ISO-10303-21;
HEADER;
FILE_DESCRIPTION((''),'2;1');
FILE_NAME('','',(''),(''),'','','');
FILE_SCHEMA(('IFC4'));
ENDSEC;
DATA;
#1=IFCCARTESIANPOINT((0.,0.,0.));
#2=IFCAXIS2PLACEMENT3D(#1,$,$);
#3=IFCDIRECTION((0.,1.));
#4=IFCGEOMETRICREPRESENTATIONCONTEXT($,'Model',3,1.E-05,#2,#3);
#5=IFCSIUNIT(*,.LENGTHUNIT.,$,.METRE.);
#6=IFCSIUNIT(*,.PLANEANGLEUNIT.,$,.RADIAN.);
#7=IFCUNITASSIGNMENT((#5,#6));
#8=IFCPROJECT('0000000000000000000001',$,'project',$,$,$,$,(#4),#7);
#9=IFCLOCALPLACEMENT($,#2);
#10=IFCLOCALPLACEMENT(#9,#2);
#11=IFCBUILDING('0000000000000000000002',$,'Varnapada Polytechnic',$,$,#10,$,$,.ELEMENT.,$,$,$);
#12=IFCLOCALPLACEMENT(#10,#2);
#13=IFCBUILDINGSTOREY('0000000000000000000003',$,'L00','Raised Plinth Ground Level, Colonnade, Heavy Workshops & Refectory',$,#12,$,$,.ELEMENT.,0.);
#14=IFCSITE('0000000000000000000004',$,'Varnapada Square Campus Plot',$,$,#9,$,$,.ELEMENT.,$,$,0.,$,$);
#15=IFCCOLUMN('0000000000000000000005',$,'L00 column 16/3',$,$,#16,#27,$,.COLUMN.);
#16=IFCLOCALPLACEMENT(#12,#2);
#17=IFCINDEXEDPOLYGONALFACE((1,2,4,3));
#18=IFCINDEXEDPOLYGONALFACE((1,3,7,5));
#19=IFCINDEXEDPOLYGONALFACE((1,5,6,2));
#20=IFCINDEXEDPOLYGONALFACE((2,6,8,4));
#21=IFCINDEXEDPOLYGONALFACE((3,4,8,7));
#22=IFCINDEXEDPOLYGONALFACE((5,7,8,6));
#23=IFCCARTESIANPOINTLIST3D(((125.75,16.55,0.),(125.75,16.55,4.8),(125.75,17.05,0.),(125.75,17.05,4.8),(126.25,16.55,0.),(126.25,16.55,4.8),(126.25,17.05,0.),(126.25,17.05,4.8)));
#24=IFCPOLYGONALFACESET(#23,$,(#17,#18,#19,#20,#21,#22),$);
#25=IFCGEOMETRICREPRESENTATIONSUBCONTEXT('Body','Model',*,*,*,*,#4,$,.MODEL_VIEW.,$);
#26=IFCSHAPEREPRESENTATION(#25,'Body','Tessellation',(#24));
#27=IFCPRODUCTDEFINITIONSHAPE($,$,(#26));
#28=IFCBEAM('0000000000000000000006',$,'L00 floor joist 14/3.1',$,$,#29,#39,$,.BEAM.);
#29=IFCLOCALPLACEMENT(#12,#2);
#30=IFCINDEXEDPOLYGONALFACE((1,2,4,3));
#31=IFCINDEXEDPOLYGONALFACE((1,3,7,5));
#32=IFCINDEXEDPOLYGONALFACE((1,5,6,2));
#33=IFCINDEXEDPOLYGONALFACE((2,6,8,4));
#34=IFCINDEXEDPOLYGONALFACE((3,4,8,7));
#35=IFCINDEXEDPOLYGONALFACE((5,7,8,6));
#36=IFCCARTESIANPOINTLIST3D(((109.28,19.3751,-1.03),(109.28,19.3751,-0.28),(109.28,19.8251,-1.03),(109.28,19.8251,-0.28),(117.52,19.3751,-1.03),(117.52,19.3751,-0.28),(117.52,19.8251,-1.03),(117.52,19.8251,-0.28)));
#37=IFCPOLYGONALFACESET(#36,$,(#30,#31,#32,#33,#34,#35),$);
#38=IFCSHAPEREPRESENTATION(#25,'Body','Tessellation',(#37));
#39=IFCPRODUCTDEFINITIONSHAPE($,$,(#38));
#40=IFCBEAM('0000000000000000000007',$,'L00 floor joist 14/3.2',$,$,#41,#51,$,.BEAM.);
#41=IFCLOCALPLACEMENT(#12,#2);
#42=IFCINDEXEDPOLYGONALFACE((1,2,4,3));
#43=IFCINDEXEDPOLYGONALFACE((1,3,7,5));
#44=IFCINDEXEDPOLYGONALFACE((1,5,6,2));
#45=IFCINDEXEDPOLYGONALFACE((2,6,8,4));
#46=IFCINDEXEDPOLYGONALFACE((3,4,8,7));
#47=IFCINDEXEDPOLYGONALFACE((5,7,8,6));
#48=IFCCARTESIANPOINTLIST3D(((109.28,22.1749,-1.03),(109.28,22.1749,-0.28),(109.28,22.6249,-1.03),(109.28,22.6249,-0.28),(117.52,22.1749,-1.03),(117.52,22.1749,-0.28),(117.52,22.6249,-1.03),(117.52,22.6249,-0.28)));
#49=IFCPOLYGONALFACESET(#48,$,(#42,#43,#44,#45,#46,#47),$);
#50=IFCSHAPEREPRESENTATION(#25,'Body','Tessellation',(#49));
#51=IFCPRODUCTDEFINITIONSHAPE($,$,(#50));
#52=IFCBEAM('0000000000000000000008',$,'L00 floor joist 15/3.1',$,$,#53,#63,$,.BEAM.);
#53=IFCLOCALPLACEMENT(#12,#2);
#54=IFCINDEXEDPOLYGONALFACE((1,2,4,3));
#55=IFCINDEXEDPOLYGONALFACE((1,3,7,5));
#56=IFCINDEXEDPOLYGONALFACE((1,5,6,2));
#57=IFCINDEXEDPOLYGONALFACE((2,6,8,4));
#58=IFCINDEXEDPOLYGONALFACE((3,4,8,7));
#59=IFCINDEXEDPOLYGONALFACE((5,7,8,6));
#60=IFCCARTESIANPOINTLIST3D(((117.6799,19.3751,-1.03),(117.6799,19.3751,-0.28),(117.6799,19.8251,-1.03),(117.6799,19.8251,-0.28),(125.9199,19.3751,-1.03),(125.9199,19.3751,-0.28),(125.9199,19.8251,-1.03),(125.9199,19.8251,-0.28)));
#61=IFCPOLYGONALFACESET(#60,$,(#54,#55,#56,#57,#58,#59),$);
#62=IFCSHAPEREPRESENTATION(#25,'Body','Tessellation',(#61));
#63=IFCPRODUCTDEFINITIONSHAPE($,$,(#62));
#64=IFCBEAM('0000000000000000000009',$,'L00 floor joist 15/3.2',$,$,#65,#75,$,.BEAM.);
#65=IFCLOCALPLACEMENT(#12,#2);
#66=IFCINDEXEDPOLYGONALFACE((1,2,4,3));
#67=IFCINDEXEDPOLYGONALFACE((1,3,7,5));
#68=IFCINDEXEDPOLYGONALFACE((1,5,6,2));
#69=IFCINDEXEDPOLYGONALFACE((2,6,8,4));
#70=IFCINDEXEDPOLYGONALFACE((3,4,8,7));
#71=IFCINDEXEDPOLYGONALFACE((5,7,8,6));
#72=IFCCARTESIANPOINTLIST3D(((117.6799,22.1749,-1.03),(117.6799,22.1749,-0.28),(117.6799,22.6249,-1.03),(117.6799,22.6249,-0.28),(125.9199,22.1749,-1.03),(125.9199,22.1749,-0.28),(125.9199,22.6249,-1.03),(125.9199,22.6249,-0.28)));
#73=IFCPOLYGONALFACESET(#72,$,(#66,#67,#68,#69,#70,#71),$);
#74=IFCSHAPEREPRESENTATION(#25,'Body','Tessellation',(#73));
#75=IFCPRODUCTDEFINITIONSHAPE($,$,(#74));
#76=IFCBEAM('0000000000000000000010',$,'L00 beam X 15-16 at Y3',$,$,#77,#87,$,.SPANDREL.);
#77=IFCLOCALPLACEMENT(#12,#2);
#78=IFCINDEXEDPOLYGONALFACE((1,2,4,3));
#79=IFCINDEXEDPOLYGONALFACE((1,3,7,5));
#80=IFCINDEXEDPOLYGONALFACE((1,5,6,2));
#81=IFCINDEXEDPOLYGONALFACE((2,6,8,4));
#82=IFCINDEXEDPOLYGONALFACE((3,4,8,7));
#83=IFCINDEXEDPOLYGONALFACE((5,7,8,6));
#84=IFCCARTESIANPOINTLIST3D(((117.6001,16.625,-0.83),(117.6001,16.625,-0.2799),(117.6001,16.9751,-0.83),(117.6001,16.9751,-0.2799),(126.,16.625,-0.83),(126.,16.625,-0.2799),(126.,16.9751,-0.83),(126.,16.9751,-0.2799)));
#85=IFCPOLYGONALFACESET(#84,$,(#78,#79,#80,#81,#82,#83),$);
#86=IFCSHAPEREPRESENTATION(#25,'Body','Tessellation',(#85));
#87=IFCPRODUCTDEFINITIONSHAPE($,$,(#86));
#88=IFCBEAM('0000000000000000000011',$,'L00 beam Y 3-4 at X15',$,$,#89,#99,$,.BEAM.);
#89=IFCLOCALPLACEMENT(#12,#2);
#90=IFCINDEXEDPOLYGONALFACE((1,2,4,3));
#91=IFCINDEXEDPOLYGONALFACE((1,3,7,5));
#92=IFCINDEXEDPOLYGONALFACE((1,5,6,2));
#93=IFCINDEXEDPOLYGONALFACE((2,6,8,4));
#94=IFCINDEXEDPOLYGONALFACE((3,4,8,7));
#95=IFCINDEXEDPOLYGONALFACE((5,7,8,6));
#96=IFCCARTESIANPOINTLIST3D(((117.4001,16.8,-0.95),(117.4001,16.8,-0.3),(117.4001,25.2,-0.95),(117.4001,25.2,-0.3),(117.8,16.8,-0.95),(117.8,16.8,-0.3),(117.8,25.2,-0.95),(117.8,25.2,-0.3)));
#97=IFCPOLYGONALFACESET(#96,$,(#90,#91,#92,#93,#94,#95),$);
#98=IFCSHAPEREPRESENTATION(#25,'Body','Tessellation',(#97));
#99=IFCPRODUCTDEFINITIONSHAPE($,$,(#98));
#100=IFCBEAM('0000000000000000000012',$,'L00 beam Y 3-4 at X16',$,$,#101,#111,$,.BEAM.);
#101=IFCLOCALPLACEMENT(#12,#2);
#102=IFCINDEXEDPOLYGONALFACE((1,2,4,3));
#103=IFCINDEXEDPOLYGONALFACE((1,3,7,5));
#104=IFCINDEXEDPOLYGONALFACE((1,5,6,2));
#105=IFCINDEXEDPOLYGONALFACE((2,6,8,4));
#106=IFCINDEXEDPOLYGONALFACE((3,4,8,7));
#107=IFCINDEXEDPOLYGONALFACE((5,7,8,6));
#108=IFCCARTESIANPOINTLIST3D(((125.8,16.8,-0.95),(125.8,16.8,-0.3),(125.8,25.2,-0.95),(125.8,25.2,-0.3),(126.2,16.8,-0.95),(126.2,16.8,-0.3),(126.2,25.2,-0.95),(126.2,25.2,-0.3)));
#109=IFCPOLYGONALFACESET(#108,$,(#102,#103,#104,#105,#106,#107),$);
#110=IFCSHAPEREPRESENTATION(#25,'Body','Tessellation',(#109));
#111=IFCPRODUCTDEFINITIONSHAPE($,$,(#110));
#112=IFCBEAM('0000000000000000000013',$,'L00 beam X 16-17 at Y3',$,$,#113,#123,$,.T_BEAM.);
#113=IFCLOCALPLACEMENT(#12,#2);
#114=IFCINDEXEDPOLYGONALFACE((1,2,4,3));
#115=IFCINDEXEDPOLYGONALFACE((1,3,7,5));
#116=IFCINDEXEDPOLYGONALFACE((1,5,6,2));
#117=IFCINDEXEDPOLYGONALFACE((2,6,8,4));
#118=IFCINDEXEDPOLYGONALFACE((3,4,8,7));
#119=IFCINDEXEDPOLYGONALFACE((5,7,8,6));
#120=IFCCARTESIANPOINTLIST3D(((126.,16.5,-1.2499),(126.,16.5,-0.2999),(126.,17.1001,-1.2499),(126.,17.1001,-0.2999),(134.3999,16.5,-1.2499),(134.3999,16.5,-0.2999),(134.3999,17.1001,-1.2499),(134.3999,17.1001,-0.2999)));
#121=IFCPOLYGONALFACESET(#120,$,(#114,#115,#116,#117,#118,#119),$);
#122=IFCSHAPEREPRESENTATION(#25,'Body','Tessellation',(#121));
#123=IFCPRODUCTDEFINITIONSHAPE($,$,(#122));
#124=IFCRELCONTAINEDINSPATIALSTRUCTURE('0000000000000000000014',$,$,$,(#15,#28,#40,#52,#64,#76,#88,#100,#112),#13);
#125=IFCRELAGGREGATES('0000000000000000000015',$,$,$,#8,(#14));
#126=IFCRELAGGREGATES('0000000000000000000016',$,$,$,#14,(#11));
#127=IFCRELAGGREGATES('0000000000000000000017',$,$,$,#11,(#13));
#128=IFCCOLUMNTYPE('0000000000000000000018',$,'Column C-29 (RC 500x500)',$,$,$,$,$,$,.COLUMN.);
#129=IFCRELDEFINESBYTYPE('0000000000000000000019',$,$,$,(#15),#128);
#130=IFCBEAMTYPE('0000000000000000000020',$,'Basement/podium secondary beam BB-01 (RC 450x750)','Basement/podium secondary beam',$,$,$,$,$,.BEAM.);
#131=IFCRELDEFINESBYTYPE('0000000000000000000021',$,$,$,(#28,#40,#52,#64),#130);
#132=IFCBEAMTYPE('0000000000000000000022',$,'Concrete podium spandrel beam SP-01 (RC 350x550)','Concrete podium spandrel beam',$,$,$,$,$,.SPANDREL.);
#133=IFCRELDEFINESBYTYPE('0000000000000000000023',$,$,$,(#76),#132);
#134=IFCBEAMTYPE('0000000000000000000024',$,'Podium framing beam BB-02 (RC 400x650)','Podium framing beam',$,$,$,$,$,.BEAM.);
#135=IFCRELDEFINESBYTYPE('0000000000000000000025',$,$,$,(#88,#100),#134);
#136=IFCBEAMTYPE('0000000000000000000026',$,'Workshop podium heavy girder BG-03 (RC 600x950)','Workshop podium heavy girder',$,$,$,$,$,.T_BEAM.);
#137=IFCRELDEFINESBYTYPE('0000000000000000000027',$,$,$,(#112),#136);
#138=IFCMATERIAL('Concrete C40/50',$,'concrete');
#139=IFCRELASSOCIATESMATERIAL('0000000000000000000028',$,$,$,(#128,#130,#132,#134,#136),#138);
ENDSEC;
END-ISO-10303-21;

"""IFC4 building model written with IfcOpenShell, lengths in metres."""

from ifc_helpers import new_model, si_unit, direction, frame, origin, origin_2d, place, context, subcontext, project, spatial, rectangle, extrude, material, material_profile, profile_set, type_object, element, save


model = new_model("IFC4")

# Units and contexts
model_context = context("Model", 3, precision=1e-05, world=origin(), true_north=direction((0.0, 1.0)))
body_context = subcontext(model_context, "Body", "Model", "MODEL_VIEW")
ifc_project = project(units=[si_unit("LENGTHUNIT", "METRE"), si_unit("PLANEANGLEUNIT", "RADIAN")], contexts=[model_context])

# Site, building, storey
site_placement = place(None, origin())
site = spatial("IfcSite", under=ifc_project, at=site_placement, Name="Varnapada Square Campus Plot", CompositionType="ELEMENT", RefElevation=0.0)
building_placement = place(site_placement, origin())
building = spatial("IfcBuilding", under=site, at=building_placement, Name="Varnapada Polytechnic", CompositionType="ELEMENT")
storey_placement = place(building_placement, origin())
storey = spatial("IfcBuildingStorey", under=building, at=storey_placement, Name="L00", Description="Raised Plinth Ground Level, Colonnade, Heavy Workshops & Refectory", CompositionType="ELEMENT", Elevation=0.0)

# Column
ifc_material_1 = material(Name="Concrete C40/50", Category="concrete")
ifc_material_profile_1 = material_profile(ifc_material_1, rectangle(XDim=0.5, YDim=0.5, at=origin_2d()), Name="RC 500x500")
ifc_profile_set_1 = profile_set([ifc_material_profile_1], Name="Concrete C40/50")
column_type = type_object("IfcColumnType", Name="Column C-29 (RC 500x500)", PredefinedType="COLUMN", material=ifc_profile_set_1)
column_placement = place(storey_placement, frame((126.0, 16.8, 0.0), z_axis=(0.0, 0.0, 1.0), x_axis=(1.0, 0.0, 0.0)))
element("IfcColumn", 1, at=column_placement, inside=storey, type_object=column_type, Name="L00 column 16/3", PredefinedType="COLUMN", context=body_context, shape_type="SweptSolid", body=[
    extrude(rectangle(XDim=0.5, YDim=0.5, at=origin_2d()), origin(), (0.0, 0.0, 1.0), 4.8),
])

# Beams
ifc_material_profile_2 = material_profile(ifc_material_1, rectangle(XDim=0.45, YDim=0.75, at=origin_2d()), Name="RC 450x750")
ifc_profile_set_2 = profile_set([ifc_material_profile_2], Name="Concrete C40/50")
beam_type_1 = type_object("IfcBeamType", Name="Basement/podium secondary beam BB-01 (RC 450x750)", Description="Basement/podium secondary beam", PredefinedType="BEAM", material=ifc_profile_set_2)
for number, where, z_axis, x_axis, name in (
    (2, (109.28, 19.6001, -0.655), (1.0, 0.0, 0.0), (0.0, 1.0, 0.0), "L00 floor joist 14/3.1"),
    (3, (109.28, 22.3999, -0.655), (1.0, 0.0, 0.0), (0.0, 1.0, 0.0), "L00 floor joist 14/3.2"),
    (4, (117.6799, 19.6001, -0.655), (1.0, 0.0, 0.0), (0.0, 1.0, 0.0), "L00 floor joist 15/3.1"),
    (5, (117.6799, 22.3999, -0.655), (1.0, 0.0, 0.0), (0.0, 1.0, 0.0), "L00 floor joist 15/3.2"),
):
    element("IfcBeam", number, at=place(storey_placement, frame(where, z_axis=z_axis, x_axis=x_axis)), inside=storey, type_object=beam_type_1, Name=name, PredefinedType="BEAM", context=body_context, shape_type="SweptSolid", body=[
        extrude(rectangle(XDim=0.45, YDim=0.75, at=origin_2d()), origin(), (0.0, 0.0, 1.0), 8.24),
    ])
ifc_material_profile_3 = material_profile(ifc_material_1, rectangle(XDim=0.3501, YDim=0.55, at=origin_2d()), Name="RC 350x550")
ifc_profile_set_3 = profile_set([ifc_material_profile_3], Name="Concrete C40/50")
beam_type_2 = type_object("IfcBeamType", Name="Concrete podium spandrel beam SP-01 (RC 350x550)", Description="Concrete podium spandrel beam", PredefinedType="SPANDREL", material=ifc_profile_set_3)
beam_1_placement = place(storey_placement, frame((117.6001, 16.8, -0.5549), z_axis=(1.0, 0.0, 0.0), x_axis=(0.0, 1.0, 0.0)))
element("IfcBeam", 6, at=beam_1_placement, inside=storey, type_object=beam_type_2, Name="L00 beam X 15-16 at Y3", PredefinedType="SPANDREL", context=body_context, shape_type="SweptSolid", body=[
    extrude(rectangle(XDim=0.3501, YDim=0.55, at=origin_2d()), origin(), (0.0, 0.0, 1.0), 8.3999),
])
ifc_material_profile_4 = material_profile(ifc_material_1, rectangle(XDim=0.3999, YDim=0.6499, at=origin_2d()), Name="RC 400x650")
ifc_profile_set_4 = profile_set([ifc_material_profile_4], Name="Concrete C40/50")
beam_type_3 = type_object("IfcBeamType", Name="Podium framing beam BB-02 (RC 400x650)", Description="Podium framing beam", PredefinedType="BEAM", material=ifc_profile_set_4)
for number, where, z_axis, x_axis, name in (
    (7, (117.6001, 16.8, -0.625), (0.0, 1.0, 0.0), (-1.0, 0.0, 0.0), "L00 beam Y 3-4 at X15"),
    (8, (126.0, 16.8, -0.625), (0.0, 1.0, 0.0), (-1.0, 0.0, 0.0), "L00 beam Y 3-4 at X16"),
):
    element("IfcBeam", number, at=place(storey_placement, frame(where, z_axis=z_axis, x_axis=x_axis)), inside=storey, type_object=beam_type_3, Name=name, PredefinedType="BEAM", context=body_context, shape_type="SweptSolid", body=[
        extrude(rectangle(XDim=0.3999, YDim=0.6499, at=origin_2d()), origin(), (0.0, 0.0, 1.0), 8.3999),
    ])
ifc_material_profile_5 = material_profile(ifc_material_1, rectangle(XDim=0.6001, YDim=0.95, at=origin_2d()), Name="RC 600x950")
ifc_profile_set_5 = profile_set([ifc_material_profile_5], Name="Concrete C40/50")
beam_type_4 = type_object("IfcBeamType", Name="Workshop podium heavy girder BG-03 (RC 600x950)", Description="Workshop podium heavy girder", PredefinedType="T_BEAM", material=ifc_profile_set_5)
beam_2_placement = place(storey_placement, frame((126.0, 16.8, -0.7749), z_axis=(1.0, 0.0, 0.0), x_axis=(0.0, 1.0, 0.0)))
element("IfcBeam", 9, at=beam_2_placement, inside=storey, type_object=beam_type_4, Name="L00 beam X 16-17 at Y3", PredefinedType="T_BEAM", context=body_context, shape_type="SweptSolid", body=[
    extrude(rectangle(XDim=0.6001, YDim=0.95, at=origin_2d()), origin(), (0.0, 0.0, 1.0), 8.3999),
])

save(model, "model.ifc")
